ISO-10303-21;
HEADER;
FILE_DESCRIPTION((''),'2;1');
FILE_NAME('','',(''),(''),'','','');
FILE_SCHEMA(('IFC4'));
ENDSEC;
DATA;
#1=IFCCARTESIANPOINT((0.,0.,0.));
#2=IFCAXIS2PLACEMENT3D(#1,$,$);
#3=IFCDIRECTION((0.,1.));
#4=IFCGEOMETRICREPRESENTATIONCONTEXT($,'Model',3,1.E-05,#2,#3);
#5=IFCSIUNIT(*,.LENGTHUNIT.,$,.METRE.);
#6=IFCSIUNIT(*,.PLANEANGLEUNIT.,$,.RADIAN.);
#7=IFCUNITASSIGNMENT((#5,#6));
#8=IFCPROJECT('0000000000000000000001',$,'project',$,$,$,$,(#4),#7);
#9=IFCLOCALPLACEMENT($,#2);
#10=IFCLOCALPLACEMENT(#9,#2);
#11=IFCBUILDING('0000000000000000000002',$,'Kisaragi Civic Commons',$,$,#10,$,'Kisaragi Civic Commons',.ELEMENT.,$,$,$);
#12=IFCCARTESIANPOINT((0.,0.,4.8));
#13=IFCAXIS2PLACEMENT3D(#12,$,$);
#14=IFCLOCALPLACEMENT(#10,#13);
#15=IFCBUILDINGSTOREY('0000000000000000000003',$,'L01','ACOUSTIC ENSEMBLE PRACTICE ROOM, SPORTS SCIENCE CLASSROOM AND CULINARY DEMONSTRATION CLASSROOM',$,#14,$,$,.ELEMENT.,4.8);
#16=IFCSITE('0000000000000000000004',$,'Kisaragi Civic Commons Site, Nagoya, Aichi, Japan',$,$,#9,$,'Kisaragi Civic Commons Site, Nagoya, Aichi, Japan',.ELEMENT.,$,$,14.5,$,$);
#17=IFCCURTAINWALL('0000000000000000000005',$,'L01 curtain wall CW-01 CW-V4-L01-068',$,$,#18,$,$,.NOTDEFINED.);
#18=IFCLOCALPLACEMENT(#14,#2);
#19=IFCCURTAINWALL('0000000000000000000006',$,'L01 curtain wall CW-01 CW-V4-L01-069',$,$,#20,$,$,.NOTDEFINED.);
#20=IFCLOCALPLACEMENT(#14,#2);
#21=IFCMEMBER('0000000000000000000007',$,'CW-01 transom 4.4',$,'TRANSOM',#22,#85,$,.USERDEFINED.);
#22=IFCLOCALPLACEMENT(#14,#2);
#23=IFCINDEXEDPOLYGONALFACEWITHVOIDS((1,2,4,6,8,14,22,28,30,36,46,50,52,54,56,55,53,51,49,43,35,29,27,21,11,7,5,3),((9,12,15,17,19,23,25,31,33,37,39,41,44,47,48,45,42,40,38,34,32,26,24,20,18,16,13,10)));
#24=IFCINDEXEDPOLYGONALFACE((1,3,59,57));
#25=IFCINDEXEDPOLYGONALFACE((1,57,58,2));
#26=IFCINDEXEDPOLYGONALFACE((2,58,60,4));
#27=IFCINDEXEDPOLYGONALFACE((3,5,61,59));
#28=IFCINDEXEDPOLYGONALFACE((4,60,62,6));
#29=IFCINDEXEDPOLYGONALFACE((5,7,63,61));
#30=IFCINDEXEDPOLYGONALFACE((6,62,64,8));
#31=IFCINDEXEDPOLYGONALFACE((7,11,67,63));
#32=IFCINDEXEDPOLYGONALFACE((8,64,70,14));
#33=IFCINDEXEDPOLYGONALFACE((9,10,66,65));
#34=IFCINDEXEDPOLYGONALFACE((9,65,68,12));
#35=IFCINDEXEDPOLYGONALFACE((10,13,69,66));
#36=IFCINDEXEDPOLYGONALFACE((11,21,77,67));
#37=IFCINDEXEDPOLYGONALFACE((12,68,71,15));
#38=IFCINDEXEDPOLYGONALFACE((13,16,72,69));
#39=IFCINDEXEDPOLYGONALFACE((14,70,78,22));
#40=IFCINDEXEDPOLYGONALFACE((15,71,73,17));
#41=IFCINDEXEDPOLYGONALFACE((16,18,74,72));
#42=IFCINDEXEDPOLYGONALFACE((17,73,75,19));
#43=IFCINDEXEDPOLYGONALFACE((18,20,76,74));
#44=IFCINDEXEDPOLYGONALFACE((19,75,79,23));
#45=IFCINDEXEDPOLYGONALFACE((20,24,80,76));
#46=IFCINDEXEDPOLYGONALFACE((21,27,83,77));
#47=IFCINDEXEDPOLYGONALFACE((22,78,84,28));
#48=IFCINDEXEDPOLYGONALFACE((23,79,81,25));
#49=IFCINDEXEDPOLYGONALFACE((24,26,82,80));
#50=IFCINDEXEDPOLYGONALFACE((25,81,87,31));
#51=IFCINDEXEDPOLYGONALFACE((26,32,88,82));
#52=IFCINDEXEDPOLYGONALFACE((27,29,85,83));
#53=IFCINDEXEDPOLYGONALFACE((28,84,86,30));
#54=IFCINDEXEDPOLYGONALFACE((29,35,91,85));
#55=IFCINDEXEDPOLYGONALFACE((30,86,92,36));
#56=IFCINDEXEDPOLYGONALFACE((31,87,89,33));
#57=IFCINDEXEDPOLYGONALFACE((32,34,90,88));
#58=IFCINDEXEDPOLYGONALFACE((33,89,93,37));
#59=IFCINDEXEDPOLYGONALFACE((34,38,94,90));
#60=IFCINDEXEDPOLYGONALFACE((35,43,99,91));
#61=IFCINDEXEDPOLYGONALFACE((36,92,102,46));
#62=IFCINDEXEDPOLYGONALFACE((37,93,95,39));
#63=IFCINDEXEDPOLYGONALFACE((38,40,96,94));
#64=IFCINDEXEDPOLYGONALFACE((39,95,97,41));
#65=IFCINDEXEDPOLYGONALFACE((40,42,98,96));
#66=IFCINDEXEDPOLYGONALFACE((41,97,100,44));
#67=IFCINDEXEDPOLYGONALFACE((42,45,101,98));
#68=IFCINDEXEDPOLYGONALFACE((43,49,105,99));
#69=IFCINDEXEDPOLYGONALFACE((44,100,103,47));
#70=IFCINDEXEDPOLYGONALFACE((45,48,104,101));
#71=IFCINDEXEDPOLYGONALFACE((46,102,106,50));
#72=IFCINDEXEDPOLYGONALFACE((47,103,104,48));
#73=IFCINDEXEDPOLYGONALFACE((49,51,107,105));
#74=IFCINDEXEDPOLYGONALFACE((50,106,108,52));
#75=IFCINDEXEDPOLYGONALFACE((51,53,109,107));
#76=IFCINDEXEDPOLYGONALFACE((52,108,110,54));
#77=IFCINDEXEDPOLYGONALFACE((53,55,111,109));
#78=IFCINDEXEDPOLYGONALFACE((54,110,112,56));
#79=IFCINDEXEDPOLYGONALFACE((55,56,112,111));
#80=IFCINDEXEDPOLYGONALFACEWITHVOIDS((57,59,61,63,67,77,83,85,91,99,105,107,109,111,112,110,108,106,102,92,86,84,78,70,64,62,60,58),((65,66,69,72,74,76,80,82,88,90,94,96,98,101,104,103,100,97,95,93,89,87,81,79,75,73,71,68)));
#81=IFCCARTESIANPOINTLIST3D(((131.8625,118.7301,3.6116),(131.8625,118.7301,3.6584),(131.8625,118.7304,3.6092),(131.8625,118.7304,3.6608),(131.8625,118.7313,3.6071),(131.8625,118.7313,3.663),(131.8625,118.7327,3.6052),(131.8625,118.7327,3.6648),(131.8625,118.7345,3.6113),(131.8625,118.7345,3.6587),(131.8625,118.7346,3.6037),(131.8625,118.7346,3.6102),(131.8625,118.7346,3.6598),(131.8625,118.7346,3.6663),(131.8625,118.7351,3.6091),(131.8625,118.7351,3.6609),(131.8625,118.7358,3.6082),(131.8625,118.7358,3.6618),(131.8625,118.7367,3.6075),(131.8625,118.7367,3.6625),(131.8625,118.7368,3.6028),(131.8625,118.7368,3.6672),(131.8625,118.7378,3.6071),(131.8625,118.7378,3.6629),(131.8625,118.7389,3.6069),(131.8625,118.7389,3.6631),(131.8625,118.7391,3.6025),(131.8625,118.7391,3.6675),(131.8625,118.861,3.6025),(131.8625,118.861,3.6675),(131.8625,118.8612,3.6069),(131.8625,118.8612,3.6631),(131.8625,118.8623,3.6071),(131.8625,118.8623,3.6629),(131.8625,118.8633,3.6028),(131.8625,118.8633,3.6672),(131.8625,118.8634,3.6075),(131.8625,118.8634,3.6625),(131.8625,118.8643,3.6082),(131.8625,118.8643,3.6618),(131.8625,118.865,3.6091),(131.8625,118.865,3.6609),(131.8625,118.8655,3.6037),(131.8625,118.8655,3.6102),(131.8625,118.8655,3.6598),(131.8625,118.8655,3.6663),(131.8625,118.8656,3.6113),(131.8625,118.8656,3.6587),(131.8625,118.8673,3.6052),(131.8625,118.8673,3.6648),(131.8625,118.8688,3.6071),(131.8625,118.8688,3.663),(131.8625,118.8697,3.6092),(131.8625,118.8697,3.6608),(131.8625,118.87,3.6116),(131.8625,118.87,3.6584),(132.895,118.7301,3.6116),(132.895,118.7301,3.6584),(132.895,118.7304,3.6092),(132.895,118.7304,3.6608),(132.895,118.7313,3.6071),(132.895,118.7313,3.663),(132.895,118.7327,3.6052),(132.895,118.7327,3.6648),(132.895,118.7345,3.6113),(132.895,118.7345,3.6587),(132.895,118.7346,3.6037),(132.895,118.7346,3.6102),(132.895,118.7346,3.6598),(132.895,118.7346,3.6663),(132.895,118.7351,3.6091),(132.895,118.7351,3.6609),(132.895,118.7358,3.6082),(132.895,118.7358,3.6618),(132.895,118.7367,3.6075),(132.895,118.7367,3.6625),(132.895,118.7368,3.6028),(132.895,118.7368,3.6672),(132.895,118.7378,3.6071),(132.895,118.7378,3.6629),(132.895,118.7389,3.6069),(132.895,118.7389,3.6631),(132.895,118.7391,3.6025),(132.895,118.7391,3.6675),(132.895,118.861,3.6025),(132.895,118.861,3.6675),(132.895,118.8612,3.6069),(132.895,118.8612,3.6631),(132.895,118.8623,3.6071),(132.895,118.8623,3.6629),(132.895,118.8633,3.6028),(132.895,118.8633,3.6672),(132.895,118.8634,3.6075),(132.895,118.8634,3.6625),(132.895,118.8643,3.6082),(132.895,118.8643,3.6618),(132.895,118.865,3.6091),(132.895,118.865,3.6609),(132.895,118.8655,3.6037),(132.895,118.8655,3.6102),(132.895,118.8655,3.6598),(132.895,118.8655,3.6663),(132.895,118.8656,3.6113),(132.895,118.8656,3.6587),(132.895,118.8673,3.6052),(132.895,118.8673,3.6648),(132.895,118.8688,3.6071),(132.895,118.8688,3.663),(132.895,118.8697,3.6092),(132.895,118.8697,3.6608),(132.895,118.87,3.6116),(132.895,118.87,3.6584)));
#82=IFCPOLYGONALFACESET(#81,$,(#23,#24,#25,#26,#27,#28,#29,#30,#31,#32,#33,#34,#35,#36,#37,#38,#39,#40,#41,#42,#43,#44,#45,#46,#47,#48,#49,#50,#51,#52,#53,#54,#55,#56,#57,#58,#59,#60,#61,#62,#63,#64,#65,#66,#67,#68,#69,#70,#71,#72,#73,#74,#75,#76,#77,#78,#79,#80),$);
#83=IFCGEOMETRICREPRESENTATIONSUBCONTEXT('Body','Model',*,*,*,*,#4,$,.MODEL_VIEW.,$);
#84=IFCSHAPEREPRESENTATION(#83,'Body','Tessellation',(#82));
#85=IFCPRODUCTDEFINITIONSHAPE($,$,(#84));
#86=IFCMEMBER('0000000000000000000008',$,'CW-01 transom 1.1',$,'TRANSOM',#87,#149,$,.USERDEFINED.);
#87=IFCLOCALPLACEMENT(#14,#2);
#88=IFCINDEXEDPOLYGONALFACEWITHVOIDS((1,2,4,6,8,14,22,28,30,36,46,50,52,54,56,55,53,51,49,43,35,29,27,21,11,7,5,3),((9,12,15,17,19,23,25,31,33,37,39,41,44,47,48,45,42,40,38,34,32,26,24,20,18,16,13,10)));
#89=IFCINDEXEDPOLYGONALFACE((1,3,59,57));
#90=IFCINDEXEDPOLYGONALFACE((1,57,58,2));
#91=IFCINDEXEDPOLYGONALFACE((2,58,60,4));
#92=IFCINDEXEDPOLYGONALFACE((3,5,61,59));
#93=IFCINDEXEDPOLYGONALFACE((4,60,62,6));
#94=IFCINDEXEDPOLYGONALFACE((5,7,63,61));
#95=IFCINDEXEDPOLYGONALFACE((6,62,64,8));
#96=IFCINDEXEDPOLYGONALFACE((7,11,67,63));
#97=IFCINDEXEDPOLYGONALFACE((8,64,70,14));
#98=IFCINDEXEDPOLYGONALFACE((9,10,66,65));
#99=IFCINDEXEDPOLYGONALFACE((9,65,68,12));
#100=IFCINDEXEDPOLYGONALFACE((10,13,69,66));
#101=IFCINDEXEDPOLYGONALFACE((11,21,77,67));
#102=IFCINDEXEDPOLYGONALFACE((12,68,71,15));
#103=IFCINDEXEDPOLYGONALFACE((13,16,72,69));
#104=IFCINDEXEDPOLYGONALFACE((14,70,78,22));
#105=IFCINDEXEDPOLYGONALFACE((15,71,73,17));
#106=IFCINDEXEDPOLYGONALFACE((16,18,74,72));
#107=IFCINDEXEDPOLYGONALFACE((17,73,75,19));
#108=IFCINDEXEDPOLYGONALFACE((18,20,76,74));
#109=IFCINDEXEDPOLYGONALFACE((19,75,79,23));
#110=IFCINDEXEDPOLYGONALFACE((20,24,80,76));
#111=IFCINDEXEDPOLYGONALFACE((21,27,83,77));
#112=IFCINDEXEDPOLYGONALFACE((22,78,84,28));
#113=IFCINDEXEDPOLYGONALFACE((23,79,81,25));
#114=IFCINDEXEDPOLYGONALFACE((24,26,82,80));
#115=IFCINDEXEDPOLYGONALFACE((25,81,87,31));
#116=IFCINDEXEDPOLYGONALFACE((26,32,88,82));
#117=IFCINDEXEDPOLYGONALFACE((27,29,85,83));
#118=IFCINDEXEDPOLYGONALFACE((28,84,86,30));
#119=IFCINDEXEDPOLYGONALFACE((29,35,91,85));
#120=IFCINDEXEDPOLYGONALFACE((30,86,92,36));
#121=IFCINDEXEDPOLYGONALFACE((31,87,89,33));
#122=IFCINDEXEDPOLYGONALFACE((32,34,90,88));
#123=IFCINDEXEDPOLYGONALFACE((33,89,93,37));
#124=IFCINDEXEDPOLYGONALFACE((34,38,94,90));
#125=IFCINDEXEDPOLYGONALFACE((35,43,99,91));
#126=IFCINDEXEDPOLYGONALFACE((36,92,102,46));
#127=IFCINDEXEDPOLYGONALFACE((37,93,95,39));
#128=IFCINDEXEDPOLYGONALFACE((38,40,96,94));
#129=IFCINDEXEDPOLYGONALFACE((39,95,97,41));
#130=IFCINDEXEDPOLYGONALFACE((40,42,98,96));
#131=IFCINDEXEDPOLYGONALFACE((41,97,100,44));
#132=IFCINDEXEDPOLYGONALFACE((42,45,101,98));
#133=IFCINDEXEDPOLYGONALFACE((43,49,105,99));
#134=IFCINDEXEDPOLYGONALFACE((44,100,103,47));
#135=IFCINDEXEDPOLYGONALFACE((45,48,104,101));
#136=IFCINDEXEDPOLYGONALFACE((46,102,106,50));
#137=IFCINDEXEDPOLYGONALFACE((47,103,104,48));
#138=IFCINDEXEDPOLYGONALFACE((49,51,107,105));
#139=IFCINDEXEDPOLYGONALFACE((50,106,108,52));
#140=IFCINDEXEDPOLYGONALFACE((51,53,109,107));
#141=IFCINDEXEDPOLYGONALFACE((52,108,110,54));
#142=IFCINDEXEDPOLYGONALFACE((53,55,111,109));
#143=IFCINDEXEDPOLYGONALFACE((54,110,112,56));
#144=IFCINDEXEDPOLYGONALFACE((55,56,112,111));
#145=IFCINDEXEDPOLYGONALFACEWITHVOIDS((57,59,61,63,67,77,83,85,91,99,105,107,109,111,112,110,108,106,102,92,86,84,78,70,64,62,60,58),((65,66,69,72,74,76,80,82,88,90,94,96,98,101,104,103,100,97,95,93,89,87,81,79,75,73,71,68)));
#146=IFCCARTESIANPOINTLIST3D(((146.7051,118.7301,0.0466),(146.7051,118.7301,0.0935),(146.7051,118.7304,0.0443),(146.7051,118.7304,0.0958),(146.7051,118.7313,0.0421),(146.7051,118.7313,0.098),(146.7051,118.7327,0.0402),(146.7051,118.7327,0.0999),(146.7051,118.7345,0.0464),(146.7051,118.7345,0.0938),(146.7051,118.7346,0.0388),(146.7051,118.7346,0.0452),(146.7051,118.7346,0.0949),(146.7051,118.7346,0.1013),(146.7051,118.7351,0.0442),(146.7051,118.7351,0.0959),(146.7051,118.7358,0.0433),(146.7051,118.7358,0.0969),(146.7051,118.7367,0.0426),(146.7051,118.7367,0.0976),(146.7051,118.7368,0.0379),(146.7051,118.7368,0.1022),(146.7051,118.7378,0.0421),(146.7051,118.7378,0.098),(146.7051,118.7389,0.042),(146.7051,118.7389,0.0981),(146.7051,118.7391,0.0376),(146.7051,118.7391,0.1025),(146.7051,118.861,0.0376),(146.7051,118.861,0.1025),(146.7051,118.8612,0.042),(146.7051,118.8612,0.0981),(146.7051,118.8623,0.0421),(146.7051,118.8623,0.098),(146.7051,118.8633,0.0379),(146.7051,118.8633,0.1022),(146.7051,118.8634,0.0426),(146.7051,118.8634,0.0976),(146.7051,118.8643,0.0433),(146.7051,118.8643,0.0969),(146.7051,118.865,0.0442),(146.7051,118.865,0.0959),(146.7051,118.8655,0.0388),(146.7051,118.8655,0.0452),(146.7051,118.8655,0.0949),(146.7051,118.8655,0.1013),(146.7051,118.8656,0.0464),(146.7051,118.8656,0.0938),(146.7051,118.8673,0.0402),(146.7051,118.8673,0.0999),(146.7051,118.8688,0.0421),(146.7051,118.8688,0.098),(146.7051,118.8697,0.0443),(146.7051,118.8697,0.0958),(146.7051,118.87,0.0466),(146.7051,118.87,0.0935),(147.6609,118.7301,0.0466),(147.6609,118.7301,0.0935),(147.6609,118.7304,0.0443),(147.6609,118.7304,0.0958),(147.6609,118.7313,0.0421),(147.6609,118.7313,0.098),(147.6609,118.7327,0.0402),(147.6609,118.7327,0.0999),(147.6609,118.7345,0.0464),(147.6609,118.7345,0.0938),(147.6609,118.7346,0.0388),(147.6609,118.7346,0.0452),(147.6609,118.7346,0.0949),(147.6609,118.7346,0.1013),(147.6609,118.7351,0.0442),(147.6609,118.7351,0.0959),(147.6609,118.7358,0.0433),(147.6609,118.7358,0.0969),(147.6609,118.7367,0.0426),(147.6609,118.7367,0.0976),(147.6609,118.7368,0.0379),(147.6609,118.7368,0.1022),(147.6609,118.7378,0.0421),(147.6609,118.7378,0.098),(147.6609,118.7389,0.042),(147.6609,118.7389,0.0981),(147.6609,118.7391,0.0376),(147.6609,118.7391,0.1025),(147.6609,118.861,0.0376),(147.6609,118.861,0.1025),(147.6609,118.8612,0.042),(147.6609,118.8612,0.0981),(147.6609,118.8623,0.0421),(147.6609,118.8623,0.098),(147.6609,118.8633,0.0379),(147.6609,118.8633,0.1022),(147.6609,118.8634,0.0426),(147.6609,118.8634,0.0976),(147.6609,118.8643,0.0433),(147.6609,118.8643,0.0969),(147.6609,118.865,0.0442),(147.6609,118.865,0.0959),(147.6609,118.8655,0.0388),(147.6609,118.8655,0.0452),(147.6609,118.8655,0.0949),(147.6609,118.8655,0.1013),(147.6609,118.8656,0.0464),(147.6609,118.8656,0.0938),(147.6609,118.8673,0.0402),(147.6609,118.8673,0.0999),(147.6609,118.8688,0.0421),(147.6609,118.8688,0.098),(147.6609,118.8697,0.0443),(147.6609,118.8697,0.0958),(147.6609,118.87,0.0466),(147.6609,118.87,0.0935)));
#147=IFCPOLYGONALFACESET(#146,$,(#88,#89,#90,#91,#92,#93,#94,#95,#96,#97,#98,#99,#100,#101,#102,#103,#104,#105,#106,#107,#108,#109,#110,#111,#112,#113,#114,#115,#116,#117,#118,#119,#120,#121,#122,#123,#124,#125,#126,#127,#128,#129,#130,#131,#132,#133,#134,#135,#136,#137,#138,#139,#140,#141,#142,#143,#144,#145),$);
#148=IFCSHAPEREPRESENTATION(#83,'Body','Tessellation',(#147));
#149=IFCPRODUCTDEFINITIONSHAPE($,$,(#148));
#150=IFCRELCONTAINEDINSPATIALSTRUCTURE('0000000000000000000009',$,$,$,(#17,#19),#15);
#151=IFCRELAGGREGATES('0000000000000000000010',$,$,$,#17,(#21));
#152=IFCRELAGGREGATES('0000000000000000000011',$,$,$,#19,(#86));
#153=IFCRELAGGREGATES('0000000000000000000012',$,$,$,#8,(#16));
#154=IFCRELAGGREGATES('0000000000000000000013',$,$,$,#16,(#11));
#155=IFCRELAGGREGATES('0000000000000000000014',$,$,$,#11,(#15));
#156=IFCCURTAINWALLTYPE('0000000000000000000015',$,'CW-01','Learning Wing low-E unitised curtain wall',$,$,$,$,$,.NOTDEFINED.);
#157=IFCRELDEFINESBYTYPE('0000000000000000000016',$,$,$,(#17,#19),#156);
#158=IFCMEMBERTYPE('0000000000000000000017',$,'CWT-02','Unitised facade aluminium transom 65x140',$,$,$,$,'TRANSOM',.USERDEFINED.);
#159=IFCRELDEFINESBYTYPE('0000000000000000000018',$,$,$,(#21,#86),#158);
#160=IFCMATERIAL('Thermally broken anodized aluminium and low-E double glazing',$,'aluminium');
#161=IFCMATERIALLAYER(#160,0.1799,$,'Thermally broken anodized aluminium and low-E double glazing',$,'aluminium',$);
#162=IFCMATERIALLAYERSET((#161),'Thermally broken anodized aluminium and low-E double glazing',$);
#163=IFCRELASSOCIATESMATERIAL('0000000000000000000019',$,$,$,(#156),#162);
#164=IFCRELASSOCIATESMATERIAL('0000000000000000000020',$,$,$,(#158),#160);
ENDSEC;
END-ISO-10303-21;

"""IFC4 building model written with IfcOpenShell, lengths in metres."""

from ifc_helpers import new_model, si_unit, direction, frame, origin, origin_2d, place, context, subcontext, project, spatial, hollow_rectangle, extrude, material, layer, layer_set, material_profile, profile_set, type_object, element, aggregate, save


model = new_model("IFC4")

# Units and contexts
model_context = context("Model", 3, precision=1e-05, world=origin(), true_north=direction((0.0, 1.0)))
body_context = subcontext(model_context, "Body", "Model", "MODEL_VIEW")
ifc_project = project(units=[si_unit("LENGTHUNIT", "METRE"), si_unit("PLANEANGLEUNIT", "RADIAN")], contexts=[model_context])

# Site, building, storey
site_placement = place(None, origin())
site = spatial("IfcSite", under=ifc_project, at=site_placement, Name="Kisaragi Civic Commons Site, Nagoya, Aichi, Japan", LongName="Kisaragi Civic Commons Site, Nagoya, Aichi, Japan", CompositionType="ELEMENT", RefElevation=14.5)
building_placement = place(site_placement, origin())
building = spatial("IfcBuilding", under=site, at=building_placement, Name="Kisaragi Civic Commons", LongName="Kisaragi Civic Commons", CompositionType="ELEMENT")
storey_placement = place(building_placement, frame((0.0, 0.0, 4.8)))
storey = spatial("IfcBuildingStorey", under=building, at=storey_placement, Name="L01", Description="ACOUSTIC ENSEMBLE PRACTICE ROOM, SPORTS SCIENCE CLASSROOM AND CULINARY DEMONSTRATION CLASSROOM", CompositionType="ELEMENT", Elevation=4.8)

# Curtain walls
ifc_material_1 = material(Name="Thermally broken anodized aluminium and low-E double glazing", Category="aluminium")
ifc_layer_1 = layer(ifc_material_1, 0.1799, Name="Thermally broken anodized aluminium and low-E double glazing", Category="aluminium")
ifc_layer_set_1 = layer_set([ifc_layer_1], Name="Thermally broken anodized aluminium and low-E double glazing")
curtain_wall_type = type_object("IfcCurtainWallType", Name="CW-01", Description="Learning Wing low-E unitised curtain wall", PredefinedType="NOTDEFINED", material=ifc_layer_set_1)
curtain_wall_1_placement = place(storey_placement, origin())
curtain_wall_1 = element("IfcCurtainWall", 1, at=curtain_wall_1_placement, inside=storey, type_object=curtain_wall_type, Name="L01 curtain wall CW-01 CW-V4-L01-068", PredefinedType="NOTDEFINED")
curtain_wall_2_placement = place(storey_placement, origin())
curtain_wall_2 = element("IfcCurtainWall", 2, at=curtain_wall_2_placement, inside=storey, type_object=curtain_wall_type, Name="L01 curtain wall CW-01 CW-V4-L01-069", PredefinedType="NOTDEFINED")

# Members
ifc_material_profile_1 = material_profile(ifc_material_1, hollow_rectangle(XDim=0.1399, YDim=0.0649, WallThickness=0.0044, InnerFilletRadius=0.0044, OuterFilletRadius=0.009, at=origin_2d()), Name="CWT-65x140x4.5", Category="aluminium")
ifc_profile_set_1 = profile_set([ifc_material_profile_1], Name="Thermally broken anodized aluminium and low-E double glazing")
member_type_1 = type_object("IfcMemberType", Name="CWT-02", Description="Unitised facade aluminium transom 65x140", ElementType="TRANSOM", PredefinedType="USERDEFINED", material=ifc_profile_set_1)
member_1_placement = place(storey_placement, frame((131.8625, 118.8, 3.635), z_axis=(1.0, 0.0, 0.0), x_axis=(0.0, 1.0, 0.0)))
member_1 = element("IfcMember", 3, at=member_1_placement, type_object=member_type_1, Name="CW-01 transom 4.4", ObjectType="TRANSOM", PredefinedType="USERDEFINED", context=body_context, shape_type="SweptSolid", body=[
    extrude(hollow_rectangle(XDim=0.1399, YDim=0.0649, WallThickness=0.0044, InnerFilletRadius=0.0044, OuterFilletRadius=0.009, at=origin_2d()), origin(), (0.0, 0.0, 1.0), 1.0325),
])
member_2_placement = place(storey_placement, frame((146.7051, 118.8, 0.0701), z_axis=(1.0, 0.0, 0.0), x_axis=(0.0, 1.0, 0.0)))
member_2 = element("IfcMember", 4, at=member_2_placement, type_object=member_type_1, Name="CW-01 transom 1.1", ObjectType="TRANSOM", PredefinedType="USERDEFINED", context=body_context, shape_type="SweptSolid", body=[
    extrude(hollow_rectangle(XDim=0.1399, YDim=0.0649, WallThickness=0.0044, InnerFilletRadius=0.0044, OuterFilletRadius=0.009, at=origin_2d()), origin(), (0.0, 0.0, 1.0), 0.9558),
])

aggregate(curtain_wall_1, [member_1])
aggregate(curtain_wall_2, [member_2])

save(model, "model.ifc")
